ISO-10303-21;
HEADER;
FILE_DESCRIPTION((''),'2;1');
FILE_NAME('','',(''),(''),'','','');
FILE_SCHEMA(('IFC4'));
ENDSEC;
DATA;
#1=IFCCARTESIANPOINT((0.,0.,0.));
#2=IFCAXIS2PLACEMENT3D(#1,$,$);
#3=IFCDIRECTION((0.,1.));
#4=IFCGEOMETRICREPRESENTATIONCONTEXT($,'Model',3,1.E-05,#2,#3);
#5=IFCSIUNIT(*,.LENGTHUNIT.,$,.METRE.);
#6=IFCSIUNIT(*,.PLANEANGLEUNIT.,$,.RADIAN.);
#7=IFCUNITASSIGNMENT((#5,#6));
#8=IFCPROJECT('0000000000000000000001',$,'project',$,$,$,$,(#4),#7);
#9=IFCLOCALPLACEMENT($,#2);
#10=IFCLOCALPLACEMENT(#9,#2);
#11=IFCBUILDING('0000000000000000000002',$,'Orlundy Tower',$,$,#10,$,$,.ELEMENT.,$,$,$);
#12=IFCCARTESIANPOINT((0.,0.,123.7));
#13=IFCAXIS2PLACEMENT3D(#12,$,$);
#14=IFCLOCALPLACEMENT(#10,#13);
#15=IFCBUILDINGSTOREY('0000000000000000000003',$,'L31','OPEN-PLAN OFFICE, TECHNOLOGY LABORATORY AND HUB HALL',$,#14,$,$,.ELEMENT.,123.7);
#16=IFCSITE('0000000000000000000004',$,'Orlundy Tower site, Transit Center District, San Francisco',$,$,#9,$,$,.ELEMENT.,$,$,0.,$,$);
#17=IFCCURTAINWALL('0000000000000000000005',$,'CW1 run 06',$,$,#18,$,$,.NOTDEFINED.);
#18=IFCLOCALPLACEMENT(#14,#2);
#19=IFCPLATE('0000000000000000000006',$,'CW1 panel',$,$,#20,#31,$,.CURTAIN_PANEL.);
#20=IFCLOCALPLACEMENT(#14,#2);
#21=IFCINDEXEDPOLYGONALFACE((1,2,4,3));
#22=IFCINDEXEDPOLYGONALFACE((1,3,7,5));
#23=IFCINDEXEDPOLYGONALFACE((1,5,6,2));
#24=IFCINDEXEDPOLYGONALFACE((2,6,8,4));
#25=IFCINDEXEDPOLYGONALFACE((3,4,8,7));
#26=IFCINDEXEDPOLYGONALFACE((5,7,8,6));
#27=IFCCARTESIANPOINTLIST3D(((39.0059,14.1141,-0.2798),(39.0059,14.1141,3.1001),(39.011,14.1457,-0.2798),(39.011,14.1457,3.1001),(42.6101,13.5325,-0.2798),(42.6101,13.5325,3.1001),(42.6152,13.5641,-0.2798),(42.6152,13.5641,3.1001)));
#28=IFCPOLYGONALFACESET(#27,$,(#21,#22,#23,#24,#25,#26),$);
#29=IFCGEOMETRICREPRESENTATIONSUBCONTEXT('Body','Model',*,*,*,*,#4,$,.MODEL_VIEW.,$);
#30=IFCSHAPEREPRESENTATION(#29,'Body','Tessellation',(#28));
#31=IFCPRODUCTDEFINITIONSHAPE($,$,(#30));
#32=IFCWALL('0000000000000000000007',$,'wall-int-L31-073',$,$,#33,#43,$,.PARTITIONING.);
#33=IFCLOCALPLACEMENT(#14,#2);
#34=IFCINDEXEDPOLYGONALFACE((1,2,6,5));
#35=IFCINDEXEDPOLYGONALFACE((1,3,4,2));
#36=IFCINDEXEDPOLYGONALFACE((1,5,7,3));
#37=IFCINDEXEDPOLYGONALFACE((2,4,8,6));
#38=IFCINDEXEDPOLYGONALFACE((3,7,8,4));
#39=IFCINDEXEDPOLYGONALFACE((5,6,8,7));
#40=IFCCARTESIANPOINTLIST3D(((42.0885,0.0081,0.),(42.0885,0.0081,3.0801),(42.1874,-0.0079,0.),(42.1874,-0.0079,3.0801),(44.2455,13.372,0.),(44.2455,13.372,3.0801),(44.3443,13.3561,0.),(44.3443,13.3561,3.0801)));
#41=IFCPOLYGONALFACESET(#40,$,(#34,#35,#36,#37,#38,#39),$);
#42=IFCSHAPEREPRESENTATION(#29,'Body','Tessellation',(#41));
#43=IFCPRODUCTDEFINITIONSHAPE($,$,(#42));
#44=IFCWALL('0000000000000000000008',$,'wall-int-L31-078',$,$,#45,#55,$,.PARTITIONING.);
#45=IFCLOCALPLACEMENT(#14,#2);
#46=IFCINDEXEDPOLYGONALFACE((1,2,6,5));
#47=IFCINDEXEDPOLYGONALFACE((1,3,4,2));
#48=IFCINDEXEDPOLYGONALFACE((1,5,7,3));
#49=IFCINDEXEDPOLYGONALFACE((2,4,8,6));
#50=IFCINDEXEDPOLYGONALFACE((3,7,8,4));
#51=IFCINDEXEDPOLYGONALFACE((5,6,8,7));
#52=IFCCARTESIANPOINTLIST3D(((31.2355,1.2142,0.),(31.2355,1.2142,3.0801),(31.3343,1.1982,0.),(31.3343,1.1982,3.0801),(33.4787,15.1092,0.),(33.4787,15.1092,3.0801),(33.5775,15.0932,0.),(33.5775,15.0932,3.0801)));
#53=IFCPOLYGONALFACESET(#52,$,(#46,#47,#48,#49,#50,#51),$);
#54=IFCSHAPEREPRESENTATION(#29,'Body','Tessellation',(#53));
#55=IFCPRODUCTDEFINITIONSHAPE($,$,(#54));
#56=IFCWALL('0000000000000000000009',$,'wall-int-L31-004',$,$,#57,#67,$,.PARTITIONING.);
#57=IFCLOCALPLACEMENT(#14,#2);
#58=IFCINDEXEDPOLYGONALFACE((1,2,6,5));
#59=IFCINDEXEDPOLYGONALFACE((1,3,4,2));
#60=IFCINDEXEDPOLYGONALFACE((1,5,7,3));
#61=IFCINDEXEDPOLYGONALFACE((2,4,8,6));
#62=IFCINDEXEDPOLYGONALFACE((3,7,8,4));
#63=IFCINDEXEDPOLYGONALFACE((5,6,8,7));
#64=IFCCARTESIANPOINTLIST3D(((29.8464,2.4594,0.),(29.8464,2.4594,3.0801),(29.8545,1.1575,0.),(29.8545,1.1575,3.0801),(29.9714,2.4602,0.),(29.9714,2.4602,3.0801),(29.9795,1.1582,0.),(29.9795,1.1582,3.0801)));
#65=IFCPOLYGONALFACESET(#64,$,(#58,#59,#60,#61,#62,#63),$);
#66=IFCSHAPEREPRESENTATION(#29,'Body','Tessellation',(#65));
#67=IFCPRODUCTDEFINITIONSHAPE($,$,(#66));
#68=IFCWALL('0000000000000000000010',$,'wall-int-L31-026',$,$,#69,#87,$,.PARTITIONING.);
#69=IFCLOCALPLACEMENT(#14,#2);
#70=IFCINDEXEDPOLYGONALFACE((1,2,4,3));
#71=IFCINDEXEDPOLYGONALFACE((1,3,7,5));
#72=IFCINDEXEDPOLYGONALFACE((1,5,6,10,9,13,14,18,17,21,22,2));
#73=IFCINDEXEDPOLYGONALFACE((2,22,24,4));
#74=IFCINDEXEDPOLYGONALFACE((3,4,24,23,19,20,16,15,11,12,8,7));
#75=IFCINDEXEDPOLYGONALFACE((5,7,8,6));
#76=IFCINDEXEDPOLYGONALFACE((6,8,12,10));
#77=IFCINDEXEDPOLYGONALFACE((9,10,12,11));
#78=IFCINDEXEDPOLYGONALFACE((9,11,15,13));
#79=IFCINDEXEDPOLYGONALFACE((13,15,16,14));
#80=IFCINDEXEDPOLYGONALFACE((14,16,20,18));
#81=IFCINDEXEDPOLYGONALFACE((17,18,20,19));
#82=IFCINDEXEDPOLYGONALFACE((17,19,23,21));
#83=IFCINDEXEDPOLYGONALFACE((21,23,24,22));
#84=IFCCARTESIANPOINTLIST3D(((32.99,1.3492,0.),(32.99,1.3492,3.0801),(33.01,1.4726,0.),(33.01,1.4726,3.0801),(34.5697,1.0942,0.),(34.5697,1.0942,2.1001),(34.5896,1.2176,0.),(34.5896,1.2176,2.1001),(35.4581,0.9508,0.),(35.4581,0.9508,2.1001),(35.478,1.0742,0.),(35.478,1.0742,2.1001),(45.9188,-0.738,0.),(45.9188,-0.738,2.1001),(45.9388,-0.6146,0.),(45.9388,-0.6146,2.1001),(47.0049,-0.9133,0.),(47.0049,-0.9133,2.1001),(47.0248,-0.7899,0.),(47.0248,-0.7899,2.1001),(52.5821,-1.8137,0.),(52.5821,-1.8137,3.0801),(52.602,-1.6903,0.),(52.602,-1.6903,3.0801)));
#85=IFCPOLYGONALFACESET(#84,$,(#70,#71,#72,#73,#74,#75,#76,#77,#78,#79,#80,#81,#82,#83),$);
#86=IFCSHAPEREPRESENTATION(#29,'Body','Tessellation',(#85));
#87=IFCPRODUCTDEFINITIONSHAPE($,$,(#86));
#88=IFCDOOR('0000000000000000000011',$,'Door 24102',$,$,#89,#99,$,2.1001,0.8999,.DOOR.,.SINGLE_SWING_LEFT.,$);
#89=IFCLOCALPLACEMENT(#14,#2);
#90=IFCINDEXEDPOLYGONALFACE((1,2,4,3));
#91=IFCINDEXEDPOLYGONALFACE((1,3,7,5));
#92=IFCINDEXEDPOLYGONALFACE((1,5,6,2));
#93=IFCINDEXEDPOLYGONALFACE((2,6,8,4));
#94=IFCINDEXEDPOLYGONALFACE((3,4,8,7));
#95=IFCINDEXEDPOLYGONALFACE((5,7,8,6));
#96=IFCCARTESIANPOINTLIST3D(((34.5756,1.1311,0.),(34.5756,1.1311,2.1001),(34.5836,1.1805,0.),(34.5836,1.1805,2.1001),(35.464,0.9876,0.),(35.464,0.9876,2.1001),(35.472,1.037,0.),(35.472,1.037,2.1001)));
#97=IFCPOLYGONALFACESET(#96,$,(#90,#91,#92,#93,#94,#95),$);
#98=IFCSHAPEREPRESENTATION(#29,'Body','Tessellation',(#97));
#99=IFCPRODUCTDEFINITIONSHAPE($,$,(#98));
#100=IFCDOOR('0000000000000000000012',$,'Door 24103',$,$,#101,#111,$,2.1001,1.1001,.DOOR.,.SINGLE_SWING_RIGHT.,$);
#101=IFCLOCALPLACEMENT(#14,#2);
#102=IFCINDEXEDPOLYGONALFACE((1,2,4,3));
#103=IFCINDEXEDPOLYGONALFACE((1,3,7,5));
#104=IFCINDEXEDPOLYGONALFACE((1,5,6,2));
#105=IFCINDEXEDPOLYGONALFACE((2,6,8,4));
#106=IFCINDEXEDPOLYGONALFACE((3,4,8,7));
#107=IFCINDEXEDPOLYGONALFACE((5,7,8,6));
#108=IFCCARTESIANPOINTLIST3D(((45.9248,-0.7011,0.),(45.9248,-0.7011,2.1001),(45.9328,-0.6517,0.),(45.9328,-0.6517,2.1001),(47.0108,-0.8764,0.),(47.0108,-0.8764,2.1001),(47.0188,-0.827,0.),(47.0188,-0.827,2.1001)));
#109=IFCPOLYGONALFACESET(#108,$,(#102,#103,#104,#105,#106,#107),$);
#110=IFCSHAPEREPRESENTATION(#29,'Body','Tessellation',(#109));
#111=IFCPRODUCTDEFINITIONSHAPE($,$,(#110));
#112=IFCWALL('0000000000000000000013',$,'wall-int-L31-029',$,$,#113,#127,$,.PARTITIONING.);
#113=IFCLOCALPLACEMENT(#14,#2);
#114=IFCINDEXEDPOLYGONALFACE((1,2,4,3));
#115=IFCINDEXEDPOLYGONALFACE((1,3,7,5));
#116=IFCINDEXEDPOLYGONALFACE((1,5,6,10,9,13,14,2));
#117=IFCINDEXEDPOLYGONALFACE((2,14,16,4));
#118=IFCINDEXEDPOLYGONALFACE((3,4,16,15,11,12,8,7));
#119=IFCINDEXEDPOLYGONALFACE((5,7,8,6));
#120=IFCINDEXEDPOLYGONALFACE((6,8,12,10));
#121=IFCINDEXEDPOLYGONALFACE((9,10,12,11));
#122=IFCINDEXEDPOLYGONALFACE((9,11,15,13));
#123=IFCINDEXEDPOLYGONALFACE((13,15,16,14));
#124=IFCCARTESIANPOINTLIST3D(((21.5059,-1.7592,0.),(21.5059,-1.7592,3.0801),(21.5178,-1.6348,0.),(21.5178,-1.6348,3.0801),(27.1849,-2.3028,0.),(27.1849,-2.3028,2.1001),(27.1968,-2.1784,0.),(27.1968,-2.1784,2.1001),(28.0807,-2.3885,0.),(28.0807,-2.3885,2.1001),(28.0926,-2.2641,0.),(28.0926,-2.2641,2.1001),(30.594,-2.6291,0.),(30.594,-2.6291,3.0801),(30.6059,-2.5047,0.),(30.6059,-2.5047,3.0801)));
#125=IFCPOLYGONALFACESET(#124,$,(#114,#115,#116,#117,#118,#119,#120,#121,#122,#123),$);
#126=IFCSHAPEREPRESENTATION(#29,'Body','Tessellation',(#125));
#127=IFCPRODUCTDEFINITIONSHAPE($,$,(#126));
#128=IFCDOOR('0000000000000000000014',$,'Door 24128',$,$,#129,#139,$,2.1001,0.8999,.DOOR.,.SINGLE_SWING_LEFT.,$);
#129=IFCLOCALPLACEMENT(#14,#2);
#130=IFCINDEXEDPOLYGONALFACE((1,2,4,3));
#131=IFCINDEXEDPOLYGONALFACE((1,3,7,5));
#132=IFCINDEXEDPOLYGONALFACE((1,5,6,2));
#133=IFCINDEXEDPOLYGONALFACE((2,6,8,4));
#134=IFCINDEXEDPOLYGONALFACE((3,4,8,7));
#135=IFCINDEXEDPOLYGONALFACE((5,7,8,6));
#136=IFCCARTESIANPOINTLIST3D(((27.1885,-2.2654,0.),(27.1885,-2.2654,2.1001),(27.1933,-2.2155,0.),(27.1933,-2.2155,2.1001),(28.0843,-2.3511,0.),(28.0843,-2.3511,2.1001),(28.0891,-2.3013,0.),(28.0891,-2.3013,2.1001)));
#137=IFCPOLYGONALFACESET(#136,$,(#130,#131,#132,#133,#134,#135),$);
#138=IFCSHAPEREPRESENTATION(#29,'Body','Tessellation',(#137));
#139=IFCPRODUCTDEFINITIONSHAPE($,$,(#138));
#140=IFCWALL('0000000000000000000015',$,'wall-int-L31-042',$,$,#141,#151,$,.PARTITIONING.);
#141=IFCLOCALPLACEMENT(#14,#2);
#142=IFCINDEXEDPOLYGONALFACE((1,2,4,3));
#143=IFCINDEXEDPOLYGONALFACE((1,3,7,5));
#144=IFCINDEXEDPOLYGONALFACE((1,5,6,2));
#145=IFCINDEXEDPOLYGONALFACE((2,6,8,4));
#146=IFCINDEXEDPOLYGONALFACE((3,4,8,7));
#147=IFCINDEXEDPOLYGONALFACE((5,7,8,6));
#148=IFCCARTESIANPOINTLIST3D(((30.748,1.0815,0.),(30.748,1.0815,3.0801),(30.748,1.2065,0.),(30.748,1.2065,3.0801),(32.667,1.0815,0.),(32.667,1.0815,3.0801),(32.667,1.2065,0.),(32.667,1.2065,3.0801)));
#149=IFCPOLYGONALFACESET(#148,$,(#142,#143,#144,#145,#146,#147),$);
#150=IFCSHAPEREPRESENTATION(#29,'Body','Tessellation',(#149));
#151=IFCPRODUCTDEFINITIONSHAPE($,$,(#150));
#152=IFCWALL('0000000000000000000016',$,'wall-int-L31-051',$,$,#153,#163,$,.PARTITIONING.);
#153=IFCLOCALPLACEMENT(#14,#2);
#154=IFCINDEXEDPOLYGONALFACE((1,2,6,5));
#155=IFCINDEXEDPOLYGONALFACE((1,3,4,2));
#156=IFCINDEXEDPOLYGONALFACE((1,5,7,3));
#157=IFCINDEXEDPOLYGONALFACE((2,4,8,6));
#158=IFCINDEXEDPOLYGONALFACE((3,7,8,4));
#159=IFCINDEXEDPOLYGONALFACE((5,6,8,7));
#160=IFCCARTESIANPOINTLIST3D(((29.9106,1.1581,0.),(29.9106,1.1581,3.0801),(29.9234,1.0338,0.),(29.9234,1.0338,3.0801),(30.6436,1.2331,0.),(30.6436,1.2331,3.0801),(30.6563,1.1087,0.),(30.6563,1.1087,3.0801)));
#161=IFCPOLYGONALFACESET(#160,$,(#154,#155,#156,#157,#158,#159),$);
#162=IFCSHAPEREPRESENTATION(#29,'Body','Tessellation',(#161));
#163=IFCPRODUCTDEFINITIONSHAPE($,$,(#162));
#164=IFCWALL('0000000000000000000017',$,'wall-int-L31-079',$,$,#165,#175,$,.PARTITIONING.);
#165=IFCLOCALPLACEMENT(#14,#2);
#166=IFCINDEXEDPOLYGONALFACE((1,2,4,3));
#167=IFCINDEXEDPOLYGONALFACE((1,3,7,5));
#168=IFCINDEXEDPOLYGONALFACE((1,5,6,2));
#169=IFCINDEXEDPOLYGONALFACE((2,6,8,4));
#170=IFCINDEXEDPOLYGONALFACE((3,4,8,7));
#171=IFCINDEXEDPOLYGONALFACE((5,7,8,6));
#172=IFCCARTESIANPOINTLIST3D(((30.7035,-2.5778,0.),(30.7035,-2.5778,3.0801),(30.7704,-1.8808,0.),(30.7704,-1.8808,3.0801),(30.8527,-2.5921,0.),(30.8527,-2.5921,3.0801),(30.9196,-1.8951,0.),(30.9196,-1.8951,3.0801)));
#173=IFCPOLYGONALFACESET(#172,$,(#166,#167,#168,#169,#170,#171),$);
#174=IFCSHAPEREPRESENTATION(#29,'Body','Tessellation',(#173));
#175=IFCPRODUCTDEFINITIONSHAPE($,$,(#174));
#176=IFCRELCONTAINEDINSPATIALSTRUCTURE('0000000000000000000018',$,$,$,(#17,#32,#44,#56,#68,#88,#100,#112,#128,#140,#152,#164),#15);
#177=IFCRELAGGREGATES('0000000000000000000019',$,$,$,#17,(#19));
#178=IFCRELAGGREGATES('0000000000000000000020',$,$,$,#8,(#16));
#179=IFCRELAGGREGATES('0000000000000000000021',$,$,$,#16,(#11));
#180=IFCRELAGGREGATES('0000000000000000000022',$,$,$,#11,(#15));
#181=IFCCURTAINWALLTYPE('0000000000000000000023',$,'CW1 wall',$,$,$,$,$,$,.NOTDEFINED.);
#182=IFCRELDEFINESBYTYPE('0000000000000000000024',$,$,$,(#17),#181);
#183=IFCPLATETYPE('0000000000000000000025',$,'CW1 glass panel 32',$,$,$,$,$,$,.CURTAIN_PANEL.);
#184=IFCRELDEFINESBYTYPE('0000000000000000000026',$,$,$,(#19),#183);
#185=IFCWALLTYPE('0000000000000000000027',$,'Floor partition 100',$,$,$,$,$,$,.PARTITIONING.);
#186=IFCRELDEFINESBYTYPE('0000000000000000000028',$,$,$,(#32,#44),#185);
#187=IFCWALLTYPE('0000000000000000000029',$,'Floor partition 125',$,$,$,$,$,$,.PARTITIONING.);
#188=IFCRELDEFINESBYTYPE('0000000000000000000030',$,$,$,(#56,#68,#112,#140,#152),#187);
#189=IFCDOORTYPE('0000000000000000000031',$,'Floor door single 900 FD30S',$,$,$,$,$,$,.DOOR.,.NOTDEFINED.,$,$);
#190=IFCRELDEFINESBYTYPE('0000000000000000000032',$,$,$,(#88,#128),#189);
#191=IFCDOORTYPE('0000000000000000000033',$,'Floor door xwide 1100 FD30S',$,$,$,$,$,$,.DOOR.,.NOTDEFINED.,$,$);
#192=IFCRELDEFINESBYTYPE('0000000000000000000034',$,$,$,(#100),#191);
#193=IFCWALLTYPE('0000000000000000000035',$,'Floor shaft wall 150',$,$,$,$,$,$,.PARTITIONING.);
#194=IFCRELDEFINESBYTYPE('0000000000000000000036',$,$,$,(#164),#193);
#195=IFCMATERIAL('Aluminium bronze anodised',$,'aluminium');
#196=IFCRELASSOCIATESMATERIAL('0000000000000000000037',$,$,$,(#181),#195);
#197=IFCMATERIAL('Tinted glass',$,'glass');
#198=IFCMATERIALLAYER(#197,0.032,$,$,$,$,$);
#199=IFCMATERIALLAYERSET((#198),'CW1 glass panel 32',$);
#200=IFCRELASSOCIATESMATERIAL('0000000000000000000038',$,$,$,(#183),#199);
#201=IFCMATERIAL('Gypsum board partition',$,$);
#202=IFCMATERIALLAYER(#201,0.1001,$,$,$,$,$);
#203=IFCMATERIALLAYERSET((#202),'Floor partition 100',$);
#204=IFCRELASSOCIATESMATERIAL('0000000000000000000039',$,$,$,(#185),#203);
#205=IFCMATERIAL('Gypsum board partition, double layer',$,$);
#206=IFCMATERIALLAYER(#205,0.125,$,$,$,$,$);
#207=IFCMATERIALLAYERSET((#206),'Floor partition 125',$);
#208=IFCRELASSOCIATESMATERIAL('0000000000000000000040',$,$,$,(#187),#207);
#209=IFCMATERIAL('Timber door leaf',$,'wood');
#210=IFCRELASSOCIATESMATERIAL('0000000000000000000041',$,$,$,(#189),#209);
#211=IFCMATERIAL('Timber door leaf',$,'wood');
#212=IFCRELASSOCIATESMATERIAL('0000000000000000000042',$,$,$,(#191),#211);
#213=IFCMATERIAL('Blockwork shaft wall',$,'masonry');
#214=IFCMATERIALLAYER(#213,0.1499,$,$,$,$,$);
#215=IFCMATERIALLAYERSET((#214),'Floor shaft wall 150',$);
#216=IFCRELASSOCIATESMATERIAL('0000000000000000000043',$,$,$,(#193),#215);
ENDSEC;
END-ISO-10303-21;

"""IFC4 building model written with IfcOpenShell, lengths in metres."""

from ifc_helpers import new_model, si_unit, direction, frame, frame_2d, origin, origin_2d, place, context, subcontext, project, spatial, rectangle, extrude, material, layer, layer_set, type_object, element, fill, aggregate, save


model = new_model("IFC4")

# Units and contexts
model_context = context("Model", 3, precision=1e-05, world=origin(), true_north=direction((0.0, 1.0)))
body_context = subcontext(model_context, "Body", "Model", "MODEL_VIEW")
ifc_project = project(units=[si_unit("LENGTHUNIT", "METRE"), si_unit("PLANEANGLEUNIT", "RADIAN")], contexts=[model_context])

# Site, building, storey
site_placement = place(None, origin())
site = spatial("IfcSite", under=ifc_project, at=site_placement, Name="Orlundy Tower site, Transit Center District, San Francisco", CompositionType="ELEMENT", RefElevation=0.0)
building_placement = place(site_placement, origin())
building = spatial("IfcBuilding", under=site, at=building_placement, Name="Orlundy Tower", CompositionType="ELEMENT")
storey_placement = place(building_placement, frame((0.0, 0.0, 123.7)))
storey = spatial("IfcBuildingStorey", under=building, at=storey_placement, Name="L31", Description="OPEN-PLAN OFFICE, TECHNOLOGY LABORATORY AND HUB HALL", CompositionType="ELEMENT", Elevation=123.7)

# Curtain wall, plate
ifc_material_1 = material(Name="Aluminium bronze anodised", Category="aluminium")
curtain_wall_type = type_object("IfcCurtainWallType", Name="CW1 wall", PredefinedType="NOTDEFINED", material=ifc_material_1)
curtain_wall_placement = place(storey_placement, origin())
curtain_wall = element("IfcCurtainWall", 1, at=curtain_wall_placement, inside=storey, type_object=curtain_wall_type, Name="CW1 run 06", PredefinedType="NOTDEFINED")
ifc_material_2 = material(Name="Tinted glass", Category="glass")
ifc_layer_1 = layer(ifc_material_2, 0.032)
ifc_layer_set_1 = layer_set([ifc_layer_1], Name="CW1 glass panel 32")
plate_type = type_object("IfcPlateType", Name="CW1 glass panel 32", PredefinedType="CURTAIN_PANEL", material=ifc_layer_set_1)
plate_1_placement = place(storey_placement, frame((40.8105, 13.8391, -0.2798), z_axis=(0.0, 0.0, 1.0), x_axis=(0.98723, -0.159302, 0.0)))
plate_1 = element("IfcPlate", 2, at=plate_1_placement, type_object=plate_type, Name="CW1 panel", PredefinedType="CURTAIN_PANEL", context=body_context, shape_type="SweptSolid", body=[
    extrude(rectangle(XDim=3.6509, YDim=0.032, at=origin_2d()), origin(), (0.0, 0.0, 1.0), 3.3799),
])
aggregate(curtain_wall, [plate_1])

# Walls
ifc_material_3 = material(Name="Gypsum board partition")
ifc_layer_2 = layer(ifc_material_3, 0.1001)
ifc_layer_set_2 = layer_set([ifc_layer_2], Name="Floor partition 100")
wall_type_1 = type_object("IfcWallType", Name="Floor partition 100", PredefinedType="PARTITIONING", material=ifc_layer_set_2)
wall_1_placement = place(storey_placement, frame((42.1379, 0.0, 0.0), z_axis=(0.0, 0.0, 1.0), x_axis=(0.15934, 0.987224, 0.0)))
element("IfcWall", 3, at=wall_1_placement, inside=storey, type_object=wall_type_1, Name="wall-int-L31-073", PredefinedType="PARTITIONING", context=body_context, shape_type="SweptSolid", body=[
    extrude(rectangle(XDim=13.5369, YDim=0.1001, at=frame_2d((6.7686, 0.0))), origin(), (0.0, 0.0, 1.0), 3.0801),
])
wall_2_placement = place(storey_placement, frame((31.2849, 1.2061, 0.0), z_axis=(0.0, 0.0, 1.0), x_axis=(0.159373, 0.987218, 0.0)))
element("IfcWall", 4, at=wall_2_placement, inside=storey, type_object=wall_type_1, Name="wall-int-L31-078", PredefinedType="PARTITIONING", context=body_context, shape_type="SweptSolid", body=[
    extrude(rectangle(XDim=14.075, YDim=0.1001, at=frame_2d((7.0376, 0.0))), origin(), (0.0, 0.0, 1.0), 3.0801),
])
ifc_material_4 = material(Name="Gypsum board partition, double layer")
ifc_layer_3 = layer(ifc_material_4, 0.125)
ifc_layer_set_3 = layer_set([ifc_layer_3], Name="Floor partition 125")
wall_type_2 = type_object("IfcWallType", Name="Floor partition 125", PredefinedType="PARTITIONING", material=ifc_layer_set_3)
wall_3_placement = place(storey_placement, frame((29.917, 1.158, 0.0), z_axis=(0.0, 0.0, 1.0), x_axis=(-0.006188, 0.999981, 0.0)))
element("IfcWall", 5, at=wall_3_placement, inside=storey, type_object=wall_type_2, Name="wall-int-L31-004", PredefinedType="PARTITIONING", context=body_context, shape_type="SweptSolid", body=[
    extrude(rectangle(XDim=1.302, YDim=0.125, at=frame_2d((0.6509, 0.0))), origin(), (0.0, 0.0, 1.0), 3.0801),
])

# Wall, openings, doors
wall_4_placement = place(storey_placement, frame((33.0, 1.4109, 0.0), z_axis=(0.0, 0.0, 1.0), x_axis=(0.987219, -0.159372, 0.0)))
wall_4 = element("IfcWall", 6, at=wall_4_placement, inside=storey, type_object=wall_type_2, Name="wall-int-L31-026", PredefinedType="PARTITIONING", context=body_context, shape_type="SweptSolid", body=[
    extrude(rectangle(XDim=19.8457, YDim=0.125, at=frame_2d((9.9229, 0.0))), origin(), (0.0, 0.0, 1.0), 3.0801),
])
opening_1_placement = place(wall_4_placement, frame((1.6001, 0.0, 0.0)))
opening_1 = element("IfcOpeningElement", 7, at=opening_1_placement, cuts=wall_4, PredefinedType="OPENING", context=body_context, shape_type="SweptSolid", body=[
    extrude(rectangle(XDim=0.8999, YDim=2.1001, at=frame_2d((0.45, 1.05))), frame((0.0, 0.0725, 0.0), z_axis=(0.0, -1.0, 0.0), x_axis=(1.0, 0.0, 0.0)), (0.0, 0.0, 1.0), 0.145),
])
opening_2_placement = place(wall_4_placement, frame((13.0962, 0.0, 0.0)))
opening_2 = element("IfcOpeningElement", 8, at=opening_2_placement, cuts=wall_4, PredefinedType="OPENING", context=body_context, shape_type="SweptSolid", body=[
    extrude(rectangle(XDim=1.1001, YDim=2.1001, at=frame_2d((0.55, 1.05))), frame((0.0, 0.0725, 0.0), z_axis=(0.0, -1.0, 0.0), x_axis=(1.0, 0.0, 0.0)), (0.0, 0.0, 1.0), 0.145),
])
ifc_material_5 = material(Name="Timber door leaf", Category="wood")
door_type_1 = type_object("IfcDoorType", Name="Floor door single 900 FD30S", OperationType="NOTDEFINED", PredefinedType="DOOR", material=ifc_material_5)
door_1_placement = place(opening_1_placement, origin())
door_1 = element("IfcDoor", 9, at=door_1_placement, inside=storey, type_object=door_type_1, Name="Door 24102", OperationType="SINGLE_SWING_LEFT", OverallHeight=2.1001, OverallWidth=0.8999, PredefinedType="DOOR", context=body_context, shape_type="SweptSolid", body=[
    extrude(rectangle(XDim=0.8999, YDim=2.1001, at=frame_2d((0.45, 1.05))), frame((0.0, 0.0249, 0.0), z_axis=(0.0, -1.0, 0.0), x_axis=(1.0, 0.0, 0.0)), (0.0, 0.0, 1.0), 0.05),
])
fill(opening_1, door_1)
ifc_material_6 = material(Name="Timber door leaf", Category="wood")
door_type_2 = type_object("IfcDoorType", Name="Floor door xwide 1100 FD30S", OperationType="NOTDEFINED", PredefinedType="DOOR", material=ifc_material_6)
door_2_placement = place(opening_2_placement, origin())
door_2 = element("IfcDoor", 10, at=door_2_placement, inside=storey, type_object=door_type_2, Name="Door 24103", OperationType="SINGLE_SWING_RIGHT", OverallHeight=2.1001, OverallWidth=1.1001, PredefinedType="DOOR", context=body_context, shape_type="SweptSolid", body=[
    extrude(rectangle(XDim=1.1001, YDim=2.1001, at=frame_2d((0.55, 1.05))), frame((0.0, 0.0249, 0.0), z_axis=(0.0, -1.0, 0.0), x_axis=(1.0, 0.0, 0.0)), (0.0, 0.0, 1.0), 0.05),
])
fill(opening_2, door_2)

# Wall, opening, door
wall_5_placement = place(storey_placement, frame((30.6001, -2.5669, 0.0), z_axis=(0.0, 0.0, 1.0), x_axis=(-0.995451, 0.09528, 0.0)))
wall_5 = element("IfcWall", 11, at=wall_5_placement, inside=storey, type_object=wall_type_2, Name="wall-int-L31-029", PredefinedType="PARTITIONING", context=body_context, shape_type="SweptSolid", body=[
    extrude(rectangle(XDim=9.1296, YDim=0.125, at=frame_2d((4.5649, 0.0))), origin(), (0.0, 0.0, 1.0), 3.0801),
])
opening_3_placement = place(wall_5_placement, frame((2.5249, 0.0, 0.0)))
opening_3 = element("IfcOpeningElement", 12, at=opening_3_placement, cuts=wall_5, PredefinedType="OPENING", context=body_context, shape_type="SweptSolid", body=[
    extrude(rectangle(XDim=0.8999, YDim=2.1001, at=frame_2d((0.45, 1.05))), frame((0.0, 0.0725, 0.0), z_axis=(0.0, -1.0, 0.0), x_axis=(1.0, 0.0, 0.0)), (0.0, 0.0, 1.0), 0.145),
])
door_3_placement = place(opening_3_placement, origin())
door_3 = element("IfcDoor", 13, at=door_3_placement, inside=storey, type_object=door_type_1, Name="Door 24128", OperationType="SINGLE_SWING_LEFT", OverallHeight=2.1001, OverallWidth=0.8999, PredefinedType="DOOR", context=body_context, shape_type="SweptSolid", body=[
    extrude(rectangle(XDim=0.8999, YDim=2.1001, at=frame_2d((0.45, 1.05))), frame((0.0, 0.0249, 0.0), z_axis=(0.0, -1.0, 0.0), x_axis=(1.0, 0.0, 0.0)), (0.0, 0.0, 1.0), 0.05),
])
fill(opening_3, door_3)

# Walls
wall_6_placement = place(storey_placement, frame((30.748, 1.144, 0.0), z_axis=(0.0, 0.0, 1.0), x_axis=(1.0, 0.0, 0.0)))
element("IfcWall", 14, at=wall_6_placement, inside=storey, type_object=wall_type_2, Name="wall-int-L31-042", PredefinedType="PARTITIONING", context=body_context, shape_type="SweptSolid", body=[
    extrude(rectangle(XDim=1.9189, YDim=0.125, at=frame_2d((0.9595, 0.0))), origin(), (0.0, 0.0, 1.0), 3.0801),
])
wall_7_placement = place(storey_placement, frame((29.917, 1.0959, 0.0), z_axis=(0.0, 0.0, 1.0), x_axis=(0.994812, 0.101735, 0.0)))
element("IfcWall", 15, at=wall_7_placement, inside=storey, type_object=wall_type_2, Name="wall-int-L31-051", PredefinedType="PARTITIONING", context=body_context, shape_type="SweptSolid", body=[
    extrude(rectangle(XDim=0.7368, YDim=0.125, at=frame_2d((0.3684, 0.0))), origin(), (0.0, 0.0, 1.0), 3.0801),
])
ifc_material_7 = material(Name="Blockwork shaft wall", Category="masonry")
ifc_layer_4 = layer(ifc_material_7, 0.1499)
ifc_layer_set_4 = layer_set([ifc_layer_4], Name="Floor shaft wall 150")
wall_type_3 = type_object("IfcWallType", Name="Floor shaft wall 150", PredefinedType="PARTITIONING", material=ifc_layer_set_4)
wall_8_placement = place(storey_placement, frame((30.7781, -2.585, 0.0), z_axis=(0.0, 0.0, 1.0), x_axis=(0.095533, 0.995426, 0.0)))
element("IfcWall", 16, at=wall_8_placement, inside=storey, type_object=wall_type_3, Name="wall-int-L31-079", PredefinedType="PARTITIONING", context=body_context, shape_type="SweptSolid", body=[
    extrude(rectangle(XDim=0.7002, YDim=0.1499, at=frame_2d((0.3501, 0.0))), origin(), (0.0, 0.0, 1.0), 3.0801),
])

save(model, "model.ifc")
